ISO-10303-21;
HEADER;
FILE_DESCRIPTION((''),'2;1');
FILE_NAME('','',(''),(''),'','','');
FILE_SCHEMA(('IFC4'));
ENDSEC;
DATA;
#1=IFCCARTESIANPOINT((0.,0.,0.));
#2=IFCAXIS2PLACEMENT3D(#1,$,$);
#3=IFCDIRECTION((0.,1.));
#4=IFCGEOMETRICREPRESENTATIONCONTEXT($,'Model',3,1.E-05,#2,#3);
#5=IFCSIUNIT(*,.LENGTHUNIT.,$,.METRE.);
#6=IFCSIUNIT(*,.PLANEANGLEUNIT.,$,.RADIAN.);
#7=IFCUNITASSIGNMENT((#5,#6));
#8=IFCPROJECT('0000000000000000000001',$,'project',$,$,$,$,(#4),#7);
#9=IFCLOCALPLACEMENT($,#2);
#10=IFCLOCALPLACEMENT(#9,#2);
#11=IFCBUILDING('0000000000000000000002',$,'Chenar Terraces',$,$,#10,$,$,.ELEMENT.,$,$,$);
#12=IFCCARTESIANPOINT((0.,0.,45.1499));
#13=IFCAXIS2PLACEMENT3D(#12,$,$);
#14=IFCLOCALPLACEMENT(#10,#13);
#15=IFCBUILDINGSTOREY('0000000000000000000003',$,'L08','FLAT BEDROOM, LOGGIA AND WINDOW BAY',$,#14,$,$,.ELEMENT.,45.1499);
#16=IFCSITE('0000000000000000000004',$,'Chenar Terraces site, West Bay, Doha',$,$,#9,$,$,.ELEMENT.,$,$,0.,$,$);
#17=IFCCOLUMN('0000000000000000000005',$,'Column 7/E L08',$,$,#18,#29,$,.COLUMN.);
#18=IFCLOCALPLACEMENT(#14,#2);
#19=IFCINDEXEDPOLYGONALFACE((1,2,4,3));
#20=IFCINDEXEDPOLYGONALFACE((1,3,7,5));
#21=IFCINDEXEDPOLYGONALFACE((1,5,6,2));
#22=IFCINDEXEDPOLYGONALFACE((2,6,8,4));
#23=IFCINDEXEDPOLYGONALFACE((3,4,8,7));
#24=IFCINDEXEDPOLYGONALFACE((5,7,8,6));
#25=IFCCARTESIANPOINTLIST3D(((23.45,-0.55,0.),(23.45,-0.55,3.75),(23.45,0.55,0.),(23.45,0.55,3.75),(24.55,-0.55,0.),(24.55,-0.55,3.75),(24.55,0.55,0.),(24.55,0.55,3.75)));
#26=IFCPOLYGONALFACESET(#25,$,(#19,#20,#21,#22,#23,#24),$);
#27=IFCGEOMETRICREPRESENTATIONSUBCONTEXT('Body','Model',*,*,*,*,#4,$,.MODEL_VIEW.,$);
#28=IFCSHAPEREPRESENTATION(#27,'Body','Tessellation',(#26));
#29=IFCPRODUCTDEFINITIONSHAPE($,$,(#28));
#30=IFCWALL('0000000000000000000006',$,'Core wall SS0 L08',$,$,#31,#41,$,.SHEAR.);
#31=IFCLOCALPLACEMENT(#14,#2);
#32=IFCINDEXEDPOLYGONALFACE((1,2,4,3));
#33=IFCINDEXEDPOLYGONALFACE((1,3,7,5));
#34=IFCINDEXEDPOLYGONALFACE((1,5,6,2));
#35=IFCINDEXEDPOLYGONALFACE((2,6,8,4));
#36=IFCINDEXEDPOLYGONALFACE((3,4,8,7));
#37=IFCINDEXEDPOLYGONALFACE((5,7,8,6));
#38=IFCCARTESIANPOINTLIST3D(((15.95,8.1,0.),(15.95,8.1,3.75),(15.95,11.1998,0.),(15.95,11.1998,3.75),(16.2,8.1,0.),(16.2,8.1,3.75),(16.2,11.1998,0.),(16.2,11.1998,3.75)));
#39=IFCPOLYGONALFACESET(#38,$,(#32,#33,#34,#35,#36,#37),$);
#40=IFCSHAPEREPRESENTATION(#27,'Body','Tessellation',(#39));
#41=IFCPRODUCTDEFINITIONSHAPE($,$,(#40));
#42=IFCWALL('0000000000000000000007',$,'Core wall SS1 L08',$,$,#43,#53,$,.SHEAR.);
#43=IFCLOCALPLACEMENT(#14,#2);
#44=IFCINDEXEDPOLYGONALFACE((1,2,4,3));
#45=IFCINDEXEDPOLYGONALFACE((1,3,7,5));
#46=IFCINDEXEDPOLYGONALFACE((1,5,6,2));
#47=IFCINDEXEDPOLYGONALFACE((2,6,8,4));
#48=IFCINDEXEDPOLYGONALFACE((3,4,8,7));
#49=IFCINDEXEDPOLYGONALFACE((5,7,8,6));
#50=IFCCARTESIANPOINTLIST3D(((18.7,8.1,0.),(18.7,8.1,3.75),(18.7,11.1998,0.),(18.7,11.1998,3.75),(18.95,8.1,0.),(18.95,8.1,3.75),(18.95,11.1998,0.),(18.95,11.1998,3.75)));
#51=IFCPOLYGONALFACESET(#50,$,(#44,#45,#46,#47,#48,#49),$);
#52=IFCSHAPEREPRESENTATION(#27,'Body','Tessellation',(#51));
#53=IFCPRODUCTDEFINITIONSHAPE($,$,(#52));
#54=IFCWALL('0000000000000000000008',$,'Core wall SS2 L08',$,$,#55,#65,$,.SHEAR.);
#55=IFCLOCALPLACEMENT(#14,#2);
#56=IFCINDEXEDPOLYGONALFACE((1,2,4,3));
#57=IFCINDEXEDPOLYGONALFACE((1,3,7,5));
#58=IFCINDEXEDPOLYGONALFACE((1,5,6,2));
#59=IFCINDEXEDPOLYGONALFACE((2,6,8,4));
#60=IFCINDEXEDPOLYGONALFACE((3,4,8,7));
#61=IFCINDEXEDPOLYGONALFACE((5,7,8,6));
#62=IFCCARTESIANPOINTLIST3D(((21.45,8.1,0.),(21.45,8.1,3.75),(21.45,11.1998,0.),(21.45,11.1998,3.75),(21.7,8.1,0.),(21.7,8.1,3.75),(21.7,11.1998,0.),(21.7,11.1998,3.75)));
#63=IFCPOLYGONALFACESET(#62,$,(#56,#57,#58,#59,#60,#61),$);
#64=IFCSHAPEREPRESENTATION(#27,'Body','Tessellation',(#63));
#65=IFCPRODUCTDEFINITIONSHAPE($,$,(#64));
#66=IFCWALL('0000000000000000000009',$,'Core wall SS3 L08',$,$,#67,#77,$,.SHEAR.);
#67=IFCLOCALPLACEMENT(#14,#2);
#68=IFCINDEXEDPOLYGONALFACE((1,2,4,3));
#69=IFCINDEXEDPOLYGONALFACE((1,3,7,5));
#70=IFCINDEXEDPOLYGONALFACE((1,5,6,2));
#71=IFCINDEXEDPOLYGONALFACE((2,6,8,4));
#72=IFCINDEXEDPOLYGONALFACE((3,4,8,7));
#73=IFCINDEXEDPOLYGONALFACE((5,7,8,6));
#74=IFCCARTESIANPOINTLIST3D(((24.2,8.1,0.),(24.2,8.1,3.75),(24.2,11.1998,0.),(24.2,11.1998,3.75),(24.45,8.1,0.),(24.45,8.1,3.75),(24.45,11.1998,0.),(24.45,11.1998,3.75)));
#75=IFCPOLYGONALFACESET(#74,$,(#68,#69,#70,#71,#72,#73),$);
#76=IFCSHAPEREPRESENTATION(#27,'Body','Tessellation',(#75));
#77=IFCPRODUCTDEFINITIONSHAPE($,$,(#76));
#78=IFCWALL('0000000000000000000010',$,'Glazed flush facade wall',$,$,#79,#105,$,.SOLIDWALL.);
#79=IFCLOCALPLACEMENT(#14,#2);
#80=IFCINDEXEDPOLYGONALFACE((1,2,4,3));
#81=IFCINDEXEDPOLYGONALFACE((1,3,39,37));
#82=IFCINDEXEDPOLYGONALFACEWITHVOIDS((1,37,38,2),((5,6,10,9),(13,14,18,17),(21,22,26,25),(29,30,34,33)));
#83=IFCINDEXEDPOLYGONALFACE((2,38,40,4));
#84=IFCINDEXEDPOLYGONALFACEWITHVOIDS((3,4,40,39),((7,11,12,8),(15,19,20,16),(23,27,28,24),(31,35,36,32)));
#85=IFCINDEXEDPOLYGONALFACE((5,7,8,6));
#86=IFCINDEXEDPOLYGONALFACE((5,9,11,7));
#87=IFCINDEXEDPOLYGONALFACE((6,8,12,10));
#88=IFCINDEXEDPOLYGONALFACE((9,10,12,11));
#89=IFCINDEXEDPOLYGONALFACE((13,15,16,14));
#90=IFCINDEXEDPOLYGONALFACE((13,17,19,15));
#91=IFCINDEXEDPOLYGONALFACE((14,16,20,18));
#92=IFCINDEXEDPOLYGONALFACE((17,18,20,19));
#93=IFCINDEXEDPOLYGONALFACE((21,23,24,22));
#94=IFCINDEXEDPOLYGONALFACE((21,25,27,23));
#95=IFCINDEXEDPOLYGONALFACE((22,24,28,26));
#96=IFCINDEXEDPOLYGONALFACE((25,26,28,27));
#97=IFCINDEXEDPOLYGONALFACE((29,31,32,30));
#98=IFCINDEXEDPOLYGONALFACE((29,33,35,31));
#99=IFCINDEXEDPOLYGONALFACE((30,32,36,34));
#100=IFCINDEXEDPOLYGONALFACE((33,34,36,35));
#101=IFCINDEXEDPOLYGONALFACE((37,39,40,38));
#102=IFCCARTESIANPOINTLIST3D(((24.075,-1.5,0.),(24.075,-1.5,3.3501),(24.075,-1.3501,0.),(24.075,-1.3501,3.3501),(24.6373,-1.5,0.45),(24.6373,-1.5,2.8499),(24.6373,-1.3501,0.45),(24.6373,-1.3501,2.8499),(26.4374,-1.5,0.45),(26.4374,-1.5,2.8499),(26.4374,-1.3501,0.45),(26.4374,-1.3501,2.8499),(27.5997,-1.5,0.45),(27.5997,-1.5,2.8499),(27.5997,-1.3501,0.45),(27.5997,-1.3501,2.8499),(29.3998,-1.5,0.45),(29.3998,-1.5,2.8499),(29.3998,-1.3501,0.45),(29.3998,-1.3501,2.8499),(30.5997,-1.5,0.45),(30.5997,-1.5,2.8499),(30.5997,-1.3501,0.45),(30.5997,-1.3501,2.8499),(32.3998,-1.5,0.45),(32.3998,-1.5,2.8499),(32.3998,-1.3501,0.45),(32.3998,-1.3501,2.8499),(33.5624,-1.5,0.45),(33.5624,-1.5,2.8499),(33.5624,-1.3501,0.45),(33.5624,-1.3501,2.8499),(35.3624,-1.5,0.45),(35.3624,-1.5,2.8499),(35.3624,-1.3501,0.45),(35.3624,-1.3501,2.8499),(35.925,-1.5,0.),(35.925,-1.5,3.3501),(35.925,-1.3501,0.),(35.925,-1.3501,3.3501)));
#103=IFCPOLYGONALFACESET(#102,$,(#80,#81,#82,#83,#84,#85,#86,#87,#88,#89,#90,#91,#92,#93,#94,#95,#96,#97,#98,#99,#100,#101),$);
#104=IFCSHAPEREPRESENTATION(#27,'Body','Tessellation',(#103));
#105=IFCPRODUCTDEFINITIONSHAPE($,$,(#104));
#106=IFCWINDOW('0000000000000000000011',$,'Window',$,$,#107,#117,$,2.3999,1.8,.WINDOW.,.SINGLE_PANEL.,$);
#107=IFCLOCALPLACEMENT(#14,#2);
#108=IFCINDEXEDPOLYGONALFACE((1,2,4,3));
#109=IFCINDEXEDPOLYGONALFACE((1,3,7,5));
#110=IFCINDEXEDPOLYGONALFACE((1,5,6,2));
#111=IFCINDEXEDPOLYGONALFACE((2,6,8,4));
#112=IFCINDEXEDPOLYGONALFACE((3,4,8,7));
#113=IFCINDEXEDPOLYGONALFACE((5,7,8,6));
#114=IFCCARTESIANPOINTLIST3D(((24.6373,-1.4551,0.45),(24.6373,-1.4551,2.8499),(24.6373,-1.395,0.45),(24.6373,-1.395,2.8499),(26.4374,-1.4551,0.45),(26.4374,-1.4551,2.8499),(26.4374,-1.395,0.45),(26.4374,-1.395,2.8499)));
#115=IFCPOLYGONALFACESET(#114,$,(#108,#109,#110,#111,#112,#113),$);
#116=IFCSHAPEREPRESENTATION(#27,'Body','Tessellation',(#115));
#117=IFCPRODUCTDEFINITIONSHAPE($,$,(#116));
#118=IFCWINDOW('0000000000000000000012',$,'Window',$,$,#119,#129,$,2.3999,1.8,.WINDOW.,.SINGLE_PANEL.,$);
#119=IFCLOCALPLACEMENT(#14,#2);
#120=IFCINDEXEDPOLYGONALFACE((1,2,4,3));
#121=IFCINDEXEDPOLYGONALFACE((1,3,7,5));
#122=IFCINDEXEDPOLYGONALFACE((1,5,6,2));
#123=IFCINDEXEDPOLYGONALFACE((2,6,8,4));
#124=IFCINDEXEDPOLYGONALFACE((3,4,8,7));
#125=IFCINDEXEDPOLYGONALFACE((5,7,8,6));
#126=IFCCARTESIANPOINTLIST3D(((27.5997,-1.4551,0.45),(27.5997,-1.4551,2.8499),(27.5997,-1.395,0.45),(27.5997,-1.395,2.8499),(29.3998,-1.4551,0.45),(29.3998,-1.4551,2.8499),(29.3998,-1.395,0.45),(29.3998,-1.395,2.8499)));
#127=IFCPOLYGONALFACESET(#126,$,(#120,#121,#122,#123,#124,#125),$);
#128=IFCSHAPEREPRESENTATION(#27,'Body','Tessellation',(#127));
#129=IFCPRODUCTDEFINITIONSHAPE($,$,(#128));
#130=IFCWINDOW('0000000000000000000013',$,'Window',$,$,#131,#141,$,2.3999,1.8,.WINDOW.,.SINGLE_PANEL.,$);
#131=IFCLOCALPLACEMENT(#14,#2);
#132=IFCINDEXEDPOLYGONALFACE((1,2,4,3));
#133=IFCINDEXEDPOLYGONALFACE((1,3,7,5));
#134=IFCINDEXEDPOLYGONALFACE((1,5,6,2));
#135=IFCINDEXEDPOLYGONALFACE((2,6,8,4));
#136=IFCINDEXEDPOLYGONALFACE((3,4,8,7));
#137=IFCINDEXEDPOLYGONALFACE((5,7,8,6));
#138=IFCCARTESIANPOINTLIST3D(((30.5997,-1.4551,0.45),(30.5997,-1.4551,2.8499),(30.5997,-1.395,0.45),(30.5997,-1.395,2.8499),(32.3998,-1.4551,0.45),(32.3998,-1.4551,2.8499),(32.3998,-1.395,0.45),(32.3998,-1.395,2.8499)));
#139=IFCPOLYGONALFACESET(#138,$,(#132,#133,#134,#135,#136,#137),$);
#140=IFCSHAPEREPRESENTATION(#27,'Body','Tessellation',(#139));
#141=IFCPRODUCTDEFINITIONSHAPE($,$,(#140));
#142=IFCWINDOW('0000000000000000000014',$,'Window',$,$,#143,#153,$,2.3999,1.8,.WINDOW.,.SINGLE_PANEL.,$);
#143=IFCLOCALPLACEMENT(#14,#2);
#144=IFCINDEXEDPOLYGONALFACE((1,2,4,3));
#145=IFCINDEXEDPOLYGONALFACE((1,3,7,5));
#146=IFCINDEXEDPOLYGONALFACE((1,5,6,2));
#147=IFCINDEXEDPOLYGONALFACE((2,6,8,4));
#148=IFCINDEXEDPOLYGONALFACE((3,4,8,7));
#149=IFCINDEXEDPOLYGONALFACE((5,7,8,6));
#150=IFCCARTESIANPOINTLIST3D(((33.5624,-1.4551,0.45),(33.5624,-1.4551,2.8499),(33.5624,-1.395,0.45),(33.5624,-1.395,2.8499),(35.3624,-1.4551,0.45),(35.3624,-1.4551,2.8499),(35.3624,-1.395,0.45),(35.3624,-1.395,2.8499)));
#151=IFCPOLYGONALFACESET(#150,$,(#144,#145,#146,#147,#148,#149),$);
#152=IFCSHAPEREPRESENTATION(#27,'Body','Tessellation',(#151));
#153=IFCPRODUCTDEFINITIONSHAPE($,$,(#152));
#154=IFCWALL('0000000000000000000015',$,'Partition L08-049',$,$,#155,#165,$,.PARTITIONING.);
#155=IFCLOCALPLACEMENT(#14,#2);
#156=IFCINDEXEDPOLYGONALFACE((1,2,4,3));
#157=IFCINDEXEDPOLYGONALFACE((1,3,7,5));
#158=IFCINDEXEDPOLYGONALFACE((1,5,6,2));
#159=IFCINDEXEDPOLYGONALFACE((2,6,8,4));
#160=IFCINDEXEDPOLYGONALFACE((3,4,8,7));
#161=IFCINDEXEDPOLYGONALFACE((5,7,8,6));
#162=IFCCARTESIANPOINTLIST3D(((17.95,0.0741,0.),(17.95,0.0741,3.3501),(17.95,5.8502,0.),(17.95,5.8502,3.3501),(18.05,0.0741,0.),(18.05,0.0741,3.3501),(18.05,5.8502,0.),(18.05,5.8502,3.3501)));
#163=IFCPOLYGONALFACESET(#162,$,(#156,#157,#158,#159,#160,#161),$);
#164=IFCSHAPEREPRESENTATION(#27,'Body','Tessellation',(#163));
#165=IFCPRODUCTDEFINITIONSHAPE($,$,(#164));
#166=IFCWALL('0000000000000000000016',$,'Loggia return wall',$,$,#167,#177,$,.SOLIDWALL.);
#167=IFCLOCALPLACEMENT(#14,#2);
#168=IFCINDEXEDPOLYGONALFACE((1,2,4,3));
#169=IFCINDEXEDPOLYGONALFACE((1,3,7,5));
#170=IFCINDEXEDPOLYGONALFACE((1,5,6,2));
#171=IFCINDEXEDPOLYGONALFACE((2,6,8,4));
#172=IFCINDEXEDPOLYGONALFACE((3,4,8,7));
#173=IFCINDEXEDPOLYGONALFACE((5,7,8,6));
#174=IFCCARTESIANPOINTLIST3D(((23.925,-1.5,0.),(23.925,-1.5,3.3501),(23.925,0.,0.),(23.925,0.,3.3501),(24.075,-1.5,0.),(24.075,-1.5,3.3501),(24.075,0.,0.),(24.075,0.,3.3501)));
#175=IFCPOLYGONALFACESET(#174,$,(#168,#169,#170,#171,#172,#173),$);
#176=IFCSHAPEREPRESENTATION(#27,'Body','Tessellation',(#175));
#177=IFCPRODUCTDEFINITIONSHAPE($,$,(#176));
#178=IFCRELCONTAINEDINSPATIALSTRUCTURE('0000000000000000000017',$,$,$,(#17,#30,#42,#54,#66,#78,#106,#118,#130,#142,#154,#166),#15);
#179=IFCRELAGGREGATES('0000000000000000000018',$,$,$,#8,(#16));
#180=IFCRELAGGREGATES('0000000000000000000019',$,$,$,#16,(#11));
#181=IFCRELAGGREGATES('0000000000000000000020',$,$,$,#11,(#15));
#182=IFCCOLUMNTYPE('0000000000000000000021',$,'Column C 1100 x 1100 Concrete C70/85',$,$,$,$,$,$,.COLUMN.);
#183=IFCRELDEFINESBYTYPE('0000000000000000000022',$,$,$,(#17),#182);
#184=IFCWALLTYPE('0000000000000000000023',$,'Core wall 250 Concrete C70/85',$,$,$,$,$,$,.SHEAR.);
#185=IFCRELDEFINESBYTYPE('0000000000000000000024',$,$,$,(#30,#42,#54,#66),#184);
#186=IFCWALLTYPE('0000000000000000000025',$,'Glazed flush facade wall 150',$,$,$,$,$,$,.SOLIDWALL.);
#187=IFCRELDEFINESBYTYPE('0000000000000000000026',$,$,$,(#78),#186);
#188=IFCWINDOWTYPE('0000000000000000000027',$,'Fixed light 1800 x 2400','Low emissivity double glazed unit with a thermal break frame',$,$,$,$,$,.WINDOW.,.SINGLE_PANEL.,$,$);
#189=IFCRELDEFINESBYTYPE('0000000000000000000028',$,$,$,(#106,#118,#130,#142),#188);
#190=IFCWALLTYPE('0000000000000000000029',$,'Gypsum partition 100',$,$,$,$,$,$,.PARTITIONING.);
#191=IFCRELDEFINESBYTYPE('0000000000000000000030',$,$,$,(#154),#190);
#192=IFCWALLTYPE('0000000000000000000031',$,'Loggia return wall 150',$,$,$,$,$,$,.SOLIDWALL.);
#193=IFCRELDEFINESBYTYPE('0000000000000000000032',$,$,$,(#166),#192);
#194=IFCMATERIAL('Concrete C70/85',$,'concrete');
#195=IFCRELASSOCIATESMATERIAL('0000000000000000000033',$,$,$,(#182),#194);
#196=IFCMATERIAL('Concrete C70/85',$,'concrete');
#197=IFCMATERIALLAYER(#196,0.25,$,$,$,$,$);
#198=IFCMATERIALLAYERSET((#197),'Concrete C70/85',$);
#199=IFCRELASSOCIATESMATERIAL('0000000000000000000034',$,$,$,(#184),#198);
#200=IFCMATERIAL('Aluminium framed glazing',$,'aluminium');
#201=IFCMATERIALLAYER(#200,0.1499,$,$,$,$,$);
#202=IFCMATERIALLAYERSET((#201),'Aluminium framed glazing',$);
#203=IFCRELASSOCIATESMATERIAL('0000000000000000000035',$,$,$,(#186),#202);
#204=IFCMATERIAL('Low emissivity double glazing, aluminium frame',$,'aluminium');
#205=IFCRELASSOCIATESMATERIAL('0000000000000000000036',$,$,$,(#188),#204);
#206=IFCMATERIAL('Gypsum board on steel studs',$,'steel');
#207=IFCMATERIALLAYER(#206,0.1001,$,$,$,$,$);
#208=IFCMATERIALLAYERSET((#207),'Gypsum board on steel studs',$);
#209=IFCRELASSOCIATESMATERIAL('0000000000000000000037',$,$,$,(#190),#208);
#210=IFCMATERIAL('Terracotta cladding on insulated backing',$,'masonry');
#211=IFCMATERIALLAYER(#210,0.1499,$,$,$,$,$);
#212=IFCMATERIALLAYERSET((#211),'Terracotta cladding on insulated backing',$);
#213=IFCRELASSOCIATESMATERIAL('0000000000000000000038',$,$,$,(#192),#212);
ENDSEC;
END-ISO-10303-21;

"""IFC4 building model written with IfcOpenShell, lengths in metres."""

from ifc_helpers import new_model, si_unit, direction, frame, frame_2d, origin, origin_2d, place, context, subcontext, project, spatial, rectangle, extrude, material, layer, layer_set, material_profile, profile_set, type_object, element, fill, save


model = new_model("IFC4")

# Units and contexts
model_context = context("Model", 3, precision=1e-05, world=origin(), true_north=direction((0.0, 1.0)))
body_context = subcontext(model_context, "Body", "Model", "MODEL_VIEW")
ifc_project = project(units=[si_unit("LENGTHUNIT", "METRE"), si_unit("PLANEANGLEUNIT", "RADIAN")], contexts=[model_context])

# Site, building, storey
site_placement = place(None, origin())
site = spatial("IfcSite", under=ifc_project, at=site_placement, Name="Chenar Terraces site, West Bay, Doha", CompositionType="ELEMENT", RefElevation=0.0)
building_placement = place(site_placement, origin())
building = spatial("IfcBuilding", under=site, at=building_placement, Name="Chenar Terraces", CompositionType="ELEMENT")
storey_placement = place(building_placement, frame((0.0, 0.0, 45.1499)))
storey = spatial("IfcBuildingStorey", under=building, at=storey_placement, Name="L08", Description="FLAT BEDROOM, LOGGIA AND WINDOW BAY", CompositionType="ELEMENT", Elevation=45.1499)

# Column
ifc_material_1 = material(Name="Concrete C70/85", Category="concrete")
ifc_material_profile = material_profile(ifc_material_1, rectangle(XDim=1.1001, YDim=1.1001, at=origin_2d()), Name="C 1100 x 1100")
ifc_profile_set = profile_set([ifc_material_profile], Name="Concrete C70/85")
column_type = type_object("IfcColumnType", Name="Column C 1100 x 1100 Concrete C70/85", PredefinedType="COLUMN", material=ifc_profile_set)
column_placement = place(storey_placement, frame((24.0, 0.0, 0.0), z_axis=(0.0, 0.0, 1.0), x_axis=(1.0, 0.0, 0.0)))
element("IfcColumn", 1, at=column_placement, inside=storey, type_object=column_type, Name="Column 7/E L08", PredefinedType="COLUMN", context=body_context, shape_type="SweptSolid", body=[
    extrude(rectangle(XDim=1.1001, YDim=1.1001, at=origin_2d()), origin(), (0.0, 0.0, 1.0), 3.75),
])

# Walls
ifc_material_2 = material(Name="Concrete C70/85", Category="concrete")
ifc_layer_1 = layer(ifc_material_2, 0.25)
ifc_layer_set_1 = layer_set([ifc_layer_1], Name="Concrete C70/85")
wall_type_1 = type_object("IfcWallType", Name="Core wall 250 Concrete C70/85", PredefinedType="SHEAR", material=ifc_layer_set_1)
for number, where, z_axis, x_axis, name in (
    (2, (16.075, 8.1001, 0.0), (0.0, 0.0, 1.0), (0.0, 1.0, 0.0), "Core wall SS0 L08"),
    (3, (18.825, 8.1001, 0.0), (0.0, 0.0, 1.0), (0.0, 1.0, 0.0), "Core wall SS1 L08"),
    (4, (21.575, 8.1001, 0.0), (0.0, 0.0, 1.0), (0.0, 1.0, 0.0), "Core wall SS2 L08"),
    (5, (24.325, 8.1001, 0.0), (0.0, 0.0, 1.0), (0.0, 1.0, 0.0), "Core wall SS3 L08"),
):
    element("IfcWall", number, at=place(storey_placement, frame(where, z_axis=z_axis, x_axis=x_axis)), inside=storey, type_object=wall_type_1, Name=name, PredefinedType="SHEAR", context=body_context, shape_type="SweptSolid", body=[
        extrude(rectangle(XDim=3.0999, YDim=0.25, at=frame_2d((1.5498, 0.0))), origin(), (0.0, 0.0, 1.0), 3.75),
    ])

# Wall, openings, windows
ifc_material_3 = material(Name="Aluminium framed glazing", Category="aluminium")
ifc_layer_2 = layer(ifc_material_3, 0.1499)
ifc_layer_set_2 = layer_set([ifc_layer_2], Name="Aluminium framed glazing")
wall_type_2 = type_object("IfcWallType", Name="Glazed flush facade wall 150", PredefinedType="SOLIDWALL", material=ifc_layer_set_2)
wall_1_placement = place(storey_placement, frame((24.075, -1.425, 0.0), z_axis=(0.0, 0.0, 1.0), x_axis=(1.0, 0.0, 0.0)))
wall_1 = element("IfcWall", 6, at=wall_1_placement, inside=storey, type_object=wall_type_2, Name="Glazed flush facade wall", PredefinedType="SOLIDWALL", context=body_context, shape_type="SweptSolid", body=[
    extrude(rectangle(XDim=11.8501, YDim=0.1499, at=frame_2d((5.925, 0.0))), origin(), (0.0, 0.0, 1.0), 3.3501),
])
opening_1_placement = place(wall_1_placement, frame((0.5625, 0.0, 0.45)))
opening_1 = element("IfcOpeningElement", 7, at=opening_1_placement, cuts=wall_1, PredefinedType="OPENING", context=body_context, shape_type="SweptSolid", body=[
    extrude(rectangle(XDim=1.8, YDim=2.3999, at=frame_2d((0.8999, 1.2))), frame((0.0, 0.085, 0.0), z_axis=(0.0, -1.0, 0.0), x_axis=(1.0, 0.0, 0.0)), (0.0, 0.0, 1.0), 0.1699),
])
opening_2_placement = place(wall_1_placement, frame((3.5249, 0.0, 0.45)))
opening_2 = element("IfcOpeningElement", 8, at=opening_2_placement, cuts=wall_1, PredefinedType="OPENING", context=body_context, shape_type="SweptSolid", body=[
    extrude(rectangle(XDim=1.8, YDim=2.3999, at=frame_2d((0.8999, 1.2))), frame((0.0, 0.085, 0.0), z_axis=(0.0, -1.0, 0.0), x_axis=(1.0, 0.0, 0.0)), (0.0, 0.0, 1.0), 0.1699),
])
opening_3_placement = place(wall_1_placement, frame((6.5249, 0.0, 0.45)))
opening_3 = element("IfcOpeningElement", 9, at=opening_3_placement, cuts=wall_1, PredefinedType="OPENING", context=body_context, shape_type="SweptSolid", body=[
    extrude(rectangle(XDim=1.8, YDim=2.3999, at=frame_2d((0.8999, 1.2))), frame((0.0, 0.085, 0.0), z_axis=(0.0, -1.0, 0.0), x_axis=(1.0, 0.0, 0.0)), (0.0, 0.0, 1.0), 0.1699),
])
opening_4_placement = place(wall_1_placement, frame((9.4875, 0.0, 0.45)))
opening_4 = element("IfcOpeningElement", 10, at=opening_4_placement, cuts=wall_1, PredefinedType="OPENING", context=body_context, shape_type="SweptSolid", body=[
    extrude(rectangle(XDim=1.8, YDim=2.3999, at=frame_2d((0.8999, 1.2))), frame((0.0, 0.085, 0.0), z_axis=(0.0, -1.0, 0.0), x_axis=(1.0, 0.0, 0.0)), (0.0, 0.0, 1.0), 0.1699),
])
ifc_material_4 = material(Name="Low emissivity double glazing, aluminium frame", Category="aluminium")
window_type = type_object("IfcWindowType", Name="Fixed light 1800 x 2400", Description="Low emissivity double glazed unit with a thermal break frame", PartitioningType="SINGLE_PANEL", PredefinedType="WINDOW", material=ifc_material_4)
window_1_placement = place(opening_1_placement, origin())
window_1 = element("IfcWindow", 11, at=window_1_placement, inside=storey, type_object=window_type, Name="Window", OverallHeight=2.3999, OverallWidth=1.8, PartitioningType="SINGLE_PANEL", PredefinedType="WINDOW", context=body_context, shape_type="SweptSolid", body=[
    extrude(rectangle(XDim=1.8, YDim=2.3999, at=frame_2d((0.8999, 1.2))), frame((0.0, 0.03, 0.0), z_axis=(0.0, -1.0, 0.0), x_axis=(1.0, 0.0, 0.0)), (0.0, 0.0, 1.0), 0.0601),
])
fill(opening_1, window_1)
window_2_placement = place(opening_2_placement, origin())
window_2 = element("IfcWindow", 12, at=window_2_placement, inside=storey, type_object=window_type, Name="Window", OverallHeight=2.3999, OverallWidth=1.8, PartitioningType="SINGLE_PANEL", PredefinedType="WINDOW", context=body_context, shape_type="SweptSolid", body=[
    extrude(rectangle(XDim=1.8, YDim=2.3999, at=frame_2d((0.8999, 1.2))), frame((0.0, 0.03, 0.0), z_axis=(0.0, -1.0, 0.0), x_axis=(1.0, 0.0, 0.0)), (0.0, 0.0, 1.0), 0.0601),
])
fill(opening_2, window_2)
window_3_placement = place(opening_3_placement, origin())
window_3 = element("IfcWindow", 13, at=window_3_placement, inside=storey, type_object=window_type, Name="Window", OverallHeight=2.3999, OverallWidth=1.8, PartitioningType="SINGLE_PANEL", PredefinedType="WINDOW", context=body_context, shape_type="SweptSolid", body=[
    extrude(rectangle(XDim=1.8, YDim=2.3999, at=frame_2d((0.8999, 1.2))), frame((0.0, 0.03, 0.0), z_axis=(0.0, -1.0, 0.0), x_axis=(1.0, 0.0, 0.0)), (0.0, 0.0, 1.0), 0.0601),
])
fill(opening_3, window_3)
window_4_placement = place(opening_4_placement, origin())
window_4 = element("IfcWindow", 14, at=window_4_placement, inside=storey, type_object=window_type, Name="Window", OverallHeight=2.3999, OverallWidth=1.8, PartitioningType="SINGLE_PANEL", PredefinedType="WINDOW", context=body_context, shape_type="SweptSolid", body=[
    extrude(rectangle(XDim=1.8, YDim=2.3999, at=frame_2d((0.8999, 1.2))), frame((0.0, 0.03, 0.0), z_axis=(0.0, -1.0, 0.0), x_axis=(1.0, 0.0, 0.0)), (0.0, 0.0, 1.0), 0.0601),
])
fill(opening_4, window_4)

# Walls
ifc_material_5 = material(Name="Gypsum board on steel studs", Category="steel")
ifc_layer_3 = layer(ifc_material_5, 0.1001)
ifc_layer_set_3 = layer_set([ifc_layer_3], Name="Gypsum board on steel studs")
wall_type_3 = type_object("IfcWallType", Name="Gypsum partition 100", PredefinedType="PARTITIONING", material=ifc_layer_set_3)
wall_2_placement = place(storey_placement, frame((18.0, 0.074, 0.0), z_axis=(0.0, 0.0, 1.0), x_axis=(0.0, 1.0, 0.0)))
element("IfcWall", 15, at=wall_2_placement, inside=storey, type_object=wall_type_3, Name="Partition L08-049", PredefinedType="PARTITIONING", context=body_context, shape_type="SweptSolid", body=[
    extrude(rectangle(XDim=5.7761, YDim=0.1001, at=frame_2d((2.8882, 0.0))), origin(), (0.0, 0.0, 1.0), 3.3501),
])
ifc_material_6 = material(Name="Terracotta cladding on insulated backing", Category="masonry")
ifc_layer_4 = layer(ifc_material_6, 0.1499)
ifc_layer_set_4 = layer_set([ifc_layer_4], Name="Terracotta cladding on insulated backing")
wall_type_4 = type_object("IfcWallType", Name="Loggia return wall 150", PredefinedType="SOLIDWALL", material=ifc_layer_set_4)
wall_3_placement = place(storey_placement, frame((24.0, -1.5, 0.0), z_axis=(0.0, 0.0, 1.0), x_axis=(0.0, 1.0, 0.0)))
element("IfcWall", 16, at=wall_3_placement, inside=storey, type_object=wall_type_4, Name="Loggia return wall", PredefinedType="SOLIDWALL", context=body_context, shape_type="SweptSolid", body=[
    extrude(rectangle(XDim=1.5, YDim=0.1499, at=frame_2d((0.75, 0.0))), origin(), (0.0, 0.0, 1.0), 3.3501),
])

save(model, "model.ifc")
